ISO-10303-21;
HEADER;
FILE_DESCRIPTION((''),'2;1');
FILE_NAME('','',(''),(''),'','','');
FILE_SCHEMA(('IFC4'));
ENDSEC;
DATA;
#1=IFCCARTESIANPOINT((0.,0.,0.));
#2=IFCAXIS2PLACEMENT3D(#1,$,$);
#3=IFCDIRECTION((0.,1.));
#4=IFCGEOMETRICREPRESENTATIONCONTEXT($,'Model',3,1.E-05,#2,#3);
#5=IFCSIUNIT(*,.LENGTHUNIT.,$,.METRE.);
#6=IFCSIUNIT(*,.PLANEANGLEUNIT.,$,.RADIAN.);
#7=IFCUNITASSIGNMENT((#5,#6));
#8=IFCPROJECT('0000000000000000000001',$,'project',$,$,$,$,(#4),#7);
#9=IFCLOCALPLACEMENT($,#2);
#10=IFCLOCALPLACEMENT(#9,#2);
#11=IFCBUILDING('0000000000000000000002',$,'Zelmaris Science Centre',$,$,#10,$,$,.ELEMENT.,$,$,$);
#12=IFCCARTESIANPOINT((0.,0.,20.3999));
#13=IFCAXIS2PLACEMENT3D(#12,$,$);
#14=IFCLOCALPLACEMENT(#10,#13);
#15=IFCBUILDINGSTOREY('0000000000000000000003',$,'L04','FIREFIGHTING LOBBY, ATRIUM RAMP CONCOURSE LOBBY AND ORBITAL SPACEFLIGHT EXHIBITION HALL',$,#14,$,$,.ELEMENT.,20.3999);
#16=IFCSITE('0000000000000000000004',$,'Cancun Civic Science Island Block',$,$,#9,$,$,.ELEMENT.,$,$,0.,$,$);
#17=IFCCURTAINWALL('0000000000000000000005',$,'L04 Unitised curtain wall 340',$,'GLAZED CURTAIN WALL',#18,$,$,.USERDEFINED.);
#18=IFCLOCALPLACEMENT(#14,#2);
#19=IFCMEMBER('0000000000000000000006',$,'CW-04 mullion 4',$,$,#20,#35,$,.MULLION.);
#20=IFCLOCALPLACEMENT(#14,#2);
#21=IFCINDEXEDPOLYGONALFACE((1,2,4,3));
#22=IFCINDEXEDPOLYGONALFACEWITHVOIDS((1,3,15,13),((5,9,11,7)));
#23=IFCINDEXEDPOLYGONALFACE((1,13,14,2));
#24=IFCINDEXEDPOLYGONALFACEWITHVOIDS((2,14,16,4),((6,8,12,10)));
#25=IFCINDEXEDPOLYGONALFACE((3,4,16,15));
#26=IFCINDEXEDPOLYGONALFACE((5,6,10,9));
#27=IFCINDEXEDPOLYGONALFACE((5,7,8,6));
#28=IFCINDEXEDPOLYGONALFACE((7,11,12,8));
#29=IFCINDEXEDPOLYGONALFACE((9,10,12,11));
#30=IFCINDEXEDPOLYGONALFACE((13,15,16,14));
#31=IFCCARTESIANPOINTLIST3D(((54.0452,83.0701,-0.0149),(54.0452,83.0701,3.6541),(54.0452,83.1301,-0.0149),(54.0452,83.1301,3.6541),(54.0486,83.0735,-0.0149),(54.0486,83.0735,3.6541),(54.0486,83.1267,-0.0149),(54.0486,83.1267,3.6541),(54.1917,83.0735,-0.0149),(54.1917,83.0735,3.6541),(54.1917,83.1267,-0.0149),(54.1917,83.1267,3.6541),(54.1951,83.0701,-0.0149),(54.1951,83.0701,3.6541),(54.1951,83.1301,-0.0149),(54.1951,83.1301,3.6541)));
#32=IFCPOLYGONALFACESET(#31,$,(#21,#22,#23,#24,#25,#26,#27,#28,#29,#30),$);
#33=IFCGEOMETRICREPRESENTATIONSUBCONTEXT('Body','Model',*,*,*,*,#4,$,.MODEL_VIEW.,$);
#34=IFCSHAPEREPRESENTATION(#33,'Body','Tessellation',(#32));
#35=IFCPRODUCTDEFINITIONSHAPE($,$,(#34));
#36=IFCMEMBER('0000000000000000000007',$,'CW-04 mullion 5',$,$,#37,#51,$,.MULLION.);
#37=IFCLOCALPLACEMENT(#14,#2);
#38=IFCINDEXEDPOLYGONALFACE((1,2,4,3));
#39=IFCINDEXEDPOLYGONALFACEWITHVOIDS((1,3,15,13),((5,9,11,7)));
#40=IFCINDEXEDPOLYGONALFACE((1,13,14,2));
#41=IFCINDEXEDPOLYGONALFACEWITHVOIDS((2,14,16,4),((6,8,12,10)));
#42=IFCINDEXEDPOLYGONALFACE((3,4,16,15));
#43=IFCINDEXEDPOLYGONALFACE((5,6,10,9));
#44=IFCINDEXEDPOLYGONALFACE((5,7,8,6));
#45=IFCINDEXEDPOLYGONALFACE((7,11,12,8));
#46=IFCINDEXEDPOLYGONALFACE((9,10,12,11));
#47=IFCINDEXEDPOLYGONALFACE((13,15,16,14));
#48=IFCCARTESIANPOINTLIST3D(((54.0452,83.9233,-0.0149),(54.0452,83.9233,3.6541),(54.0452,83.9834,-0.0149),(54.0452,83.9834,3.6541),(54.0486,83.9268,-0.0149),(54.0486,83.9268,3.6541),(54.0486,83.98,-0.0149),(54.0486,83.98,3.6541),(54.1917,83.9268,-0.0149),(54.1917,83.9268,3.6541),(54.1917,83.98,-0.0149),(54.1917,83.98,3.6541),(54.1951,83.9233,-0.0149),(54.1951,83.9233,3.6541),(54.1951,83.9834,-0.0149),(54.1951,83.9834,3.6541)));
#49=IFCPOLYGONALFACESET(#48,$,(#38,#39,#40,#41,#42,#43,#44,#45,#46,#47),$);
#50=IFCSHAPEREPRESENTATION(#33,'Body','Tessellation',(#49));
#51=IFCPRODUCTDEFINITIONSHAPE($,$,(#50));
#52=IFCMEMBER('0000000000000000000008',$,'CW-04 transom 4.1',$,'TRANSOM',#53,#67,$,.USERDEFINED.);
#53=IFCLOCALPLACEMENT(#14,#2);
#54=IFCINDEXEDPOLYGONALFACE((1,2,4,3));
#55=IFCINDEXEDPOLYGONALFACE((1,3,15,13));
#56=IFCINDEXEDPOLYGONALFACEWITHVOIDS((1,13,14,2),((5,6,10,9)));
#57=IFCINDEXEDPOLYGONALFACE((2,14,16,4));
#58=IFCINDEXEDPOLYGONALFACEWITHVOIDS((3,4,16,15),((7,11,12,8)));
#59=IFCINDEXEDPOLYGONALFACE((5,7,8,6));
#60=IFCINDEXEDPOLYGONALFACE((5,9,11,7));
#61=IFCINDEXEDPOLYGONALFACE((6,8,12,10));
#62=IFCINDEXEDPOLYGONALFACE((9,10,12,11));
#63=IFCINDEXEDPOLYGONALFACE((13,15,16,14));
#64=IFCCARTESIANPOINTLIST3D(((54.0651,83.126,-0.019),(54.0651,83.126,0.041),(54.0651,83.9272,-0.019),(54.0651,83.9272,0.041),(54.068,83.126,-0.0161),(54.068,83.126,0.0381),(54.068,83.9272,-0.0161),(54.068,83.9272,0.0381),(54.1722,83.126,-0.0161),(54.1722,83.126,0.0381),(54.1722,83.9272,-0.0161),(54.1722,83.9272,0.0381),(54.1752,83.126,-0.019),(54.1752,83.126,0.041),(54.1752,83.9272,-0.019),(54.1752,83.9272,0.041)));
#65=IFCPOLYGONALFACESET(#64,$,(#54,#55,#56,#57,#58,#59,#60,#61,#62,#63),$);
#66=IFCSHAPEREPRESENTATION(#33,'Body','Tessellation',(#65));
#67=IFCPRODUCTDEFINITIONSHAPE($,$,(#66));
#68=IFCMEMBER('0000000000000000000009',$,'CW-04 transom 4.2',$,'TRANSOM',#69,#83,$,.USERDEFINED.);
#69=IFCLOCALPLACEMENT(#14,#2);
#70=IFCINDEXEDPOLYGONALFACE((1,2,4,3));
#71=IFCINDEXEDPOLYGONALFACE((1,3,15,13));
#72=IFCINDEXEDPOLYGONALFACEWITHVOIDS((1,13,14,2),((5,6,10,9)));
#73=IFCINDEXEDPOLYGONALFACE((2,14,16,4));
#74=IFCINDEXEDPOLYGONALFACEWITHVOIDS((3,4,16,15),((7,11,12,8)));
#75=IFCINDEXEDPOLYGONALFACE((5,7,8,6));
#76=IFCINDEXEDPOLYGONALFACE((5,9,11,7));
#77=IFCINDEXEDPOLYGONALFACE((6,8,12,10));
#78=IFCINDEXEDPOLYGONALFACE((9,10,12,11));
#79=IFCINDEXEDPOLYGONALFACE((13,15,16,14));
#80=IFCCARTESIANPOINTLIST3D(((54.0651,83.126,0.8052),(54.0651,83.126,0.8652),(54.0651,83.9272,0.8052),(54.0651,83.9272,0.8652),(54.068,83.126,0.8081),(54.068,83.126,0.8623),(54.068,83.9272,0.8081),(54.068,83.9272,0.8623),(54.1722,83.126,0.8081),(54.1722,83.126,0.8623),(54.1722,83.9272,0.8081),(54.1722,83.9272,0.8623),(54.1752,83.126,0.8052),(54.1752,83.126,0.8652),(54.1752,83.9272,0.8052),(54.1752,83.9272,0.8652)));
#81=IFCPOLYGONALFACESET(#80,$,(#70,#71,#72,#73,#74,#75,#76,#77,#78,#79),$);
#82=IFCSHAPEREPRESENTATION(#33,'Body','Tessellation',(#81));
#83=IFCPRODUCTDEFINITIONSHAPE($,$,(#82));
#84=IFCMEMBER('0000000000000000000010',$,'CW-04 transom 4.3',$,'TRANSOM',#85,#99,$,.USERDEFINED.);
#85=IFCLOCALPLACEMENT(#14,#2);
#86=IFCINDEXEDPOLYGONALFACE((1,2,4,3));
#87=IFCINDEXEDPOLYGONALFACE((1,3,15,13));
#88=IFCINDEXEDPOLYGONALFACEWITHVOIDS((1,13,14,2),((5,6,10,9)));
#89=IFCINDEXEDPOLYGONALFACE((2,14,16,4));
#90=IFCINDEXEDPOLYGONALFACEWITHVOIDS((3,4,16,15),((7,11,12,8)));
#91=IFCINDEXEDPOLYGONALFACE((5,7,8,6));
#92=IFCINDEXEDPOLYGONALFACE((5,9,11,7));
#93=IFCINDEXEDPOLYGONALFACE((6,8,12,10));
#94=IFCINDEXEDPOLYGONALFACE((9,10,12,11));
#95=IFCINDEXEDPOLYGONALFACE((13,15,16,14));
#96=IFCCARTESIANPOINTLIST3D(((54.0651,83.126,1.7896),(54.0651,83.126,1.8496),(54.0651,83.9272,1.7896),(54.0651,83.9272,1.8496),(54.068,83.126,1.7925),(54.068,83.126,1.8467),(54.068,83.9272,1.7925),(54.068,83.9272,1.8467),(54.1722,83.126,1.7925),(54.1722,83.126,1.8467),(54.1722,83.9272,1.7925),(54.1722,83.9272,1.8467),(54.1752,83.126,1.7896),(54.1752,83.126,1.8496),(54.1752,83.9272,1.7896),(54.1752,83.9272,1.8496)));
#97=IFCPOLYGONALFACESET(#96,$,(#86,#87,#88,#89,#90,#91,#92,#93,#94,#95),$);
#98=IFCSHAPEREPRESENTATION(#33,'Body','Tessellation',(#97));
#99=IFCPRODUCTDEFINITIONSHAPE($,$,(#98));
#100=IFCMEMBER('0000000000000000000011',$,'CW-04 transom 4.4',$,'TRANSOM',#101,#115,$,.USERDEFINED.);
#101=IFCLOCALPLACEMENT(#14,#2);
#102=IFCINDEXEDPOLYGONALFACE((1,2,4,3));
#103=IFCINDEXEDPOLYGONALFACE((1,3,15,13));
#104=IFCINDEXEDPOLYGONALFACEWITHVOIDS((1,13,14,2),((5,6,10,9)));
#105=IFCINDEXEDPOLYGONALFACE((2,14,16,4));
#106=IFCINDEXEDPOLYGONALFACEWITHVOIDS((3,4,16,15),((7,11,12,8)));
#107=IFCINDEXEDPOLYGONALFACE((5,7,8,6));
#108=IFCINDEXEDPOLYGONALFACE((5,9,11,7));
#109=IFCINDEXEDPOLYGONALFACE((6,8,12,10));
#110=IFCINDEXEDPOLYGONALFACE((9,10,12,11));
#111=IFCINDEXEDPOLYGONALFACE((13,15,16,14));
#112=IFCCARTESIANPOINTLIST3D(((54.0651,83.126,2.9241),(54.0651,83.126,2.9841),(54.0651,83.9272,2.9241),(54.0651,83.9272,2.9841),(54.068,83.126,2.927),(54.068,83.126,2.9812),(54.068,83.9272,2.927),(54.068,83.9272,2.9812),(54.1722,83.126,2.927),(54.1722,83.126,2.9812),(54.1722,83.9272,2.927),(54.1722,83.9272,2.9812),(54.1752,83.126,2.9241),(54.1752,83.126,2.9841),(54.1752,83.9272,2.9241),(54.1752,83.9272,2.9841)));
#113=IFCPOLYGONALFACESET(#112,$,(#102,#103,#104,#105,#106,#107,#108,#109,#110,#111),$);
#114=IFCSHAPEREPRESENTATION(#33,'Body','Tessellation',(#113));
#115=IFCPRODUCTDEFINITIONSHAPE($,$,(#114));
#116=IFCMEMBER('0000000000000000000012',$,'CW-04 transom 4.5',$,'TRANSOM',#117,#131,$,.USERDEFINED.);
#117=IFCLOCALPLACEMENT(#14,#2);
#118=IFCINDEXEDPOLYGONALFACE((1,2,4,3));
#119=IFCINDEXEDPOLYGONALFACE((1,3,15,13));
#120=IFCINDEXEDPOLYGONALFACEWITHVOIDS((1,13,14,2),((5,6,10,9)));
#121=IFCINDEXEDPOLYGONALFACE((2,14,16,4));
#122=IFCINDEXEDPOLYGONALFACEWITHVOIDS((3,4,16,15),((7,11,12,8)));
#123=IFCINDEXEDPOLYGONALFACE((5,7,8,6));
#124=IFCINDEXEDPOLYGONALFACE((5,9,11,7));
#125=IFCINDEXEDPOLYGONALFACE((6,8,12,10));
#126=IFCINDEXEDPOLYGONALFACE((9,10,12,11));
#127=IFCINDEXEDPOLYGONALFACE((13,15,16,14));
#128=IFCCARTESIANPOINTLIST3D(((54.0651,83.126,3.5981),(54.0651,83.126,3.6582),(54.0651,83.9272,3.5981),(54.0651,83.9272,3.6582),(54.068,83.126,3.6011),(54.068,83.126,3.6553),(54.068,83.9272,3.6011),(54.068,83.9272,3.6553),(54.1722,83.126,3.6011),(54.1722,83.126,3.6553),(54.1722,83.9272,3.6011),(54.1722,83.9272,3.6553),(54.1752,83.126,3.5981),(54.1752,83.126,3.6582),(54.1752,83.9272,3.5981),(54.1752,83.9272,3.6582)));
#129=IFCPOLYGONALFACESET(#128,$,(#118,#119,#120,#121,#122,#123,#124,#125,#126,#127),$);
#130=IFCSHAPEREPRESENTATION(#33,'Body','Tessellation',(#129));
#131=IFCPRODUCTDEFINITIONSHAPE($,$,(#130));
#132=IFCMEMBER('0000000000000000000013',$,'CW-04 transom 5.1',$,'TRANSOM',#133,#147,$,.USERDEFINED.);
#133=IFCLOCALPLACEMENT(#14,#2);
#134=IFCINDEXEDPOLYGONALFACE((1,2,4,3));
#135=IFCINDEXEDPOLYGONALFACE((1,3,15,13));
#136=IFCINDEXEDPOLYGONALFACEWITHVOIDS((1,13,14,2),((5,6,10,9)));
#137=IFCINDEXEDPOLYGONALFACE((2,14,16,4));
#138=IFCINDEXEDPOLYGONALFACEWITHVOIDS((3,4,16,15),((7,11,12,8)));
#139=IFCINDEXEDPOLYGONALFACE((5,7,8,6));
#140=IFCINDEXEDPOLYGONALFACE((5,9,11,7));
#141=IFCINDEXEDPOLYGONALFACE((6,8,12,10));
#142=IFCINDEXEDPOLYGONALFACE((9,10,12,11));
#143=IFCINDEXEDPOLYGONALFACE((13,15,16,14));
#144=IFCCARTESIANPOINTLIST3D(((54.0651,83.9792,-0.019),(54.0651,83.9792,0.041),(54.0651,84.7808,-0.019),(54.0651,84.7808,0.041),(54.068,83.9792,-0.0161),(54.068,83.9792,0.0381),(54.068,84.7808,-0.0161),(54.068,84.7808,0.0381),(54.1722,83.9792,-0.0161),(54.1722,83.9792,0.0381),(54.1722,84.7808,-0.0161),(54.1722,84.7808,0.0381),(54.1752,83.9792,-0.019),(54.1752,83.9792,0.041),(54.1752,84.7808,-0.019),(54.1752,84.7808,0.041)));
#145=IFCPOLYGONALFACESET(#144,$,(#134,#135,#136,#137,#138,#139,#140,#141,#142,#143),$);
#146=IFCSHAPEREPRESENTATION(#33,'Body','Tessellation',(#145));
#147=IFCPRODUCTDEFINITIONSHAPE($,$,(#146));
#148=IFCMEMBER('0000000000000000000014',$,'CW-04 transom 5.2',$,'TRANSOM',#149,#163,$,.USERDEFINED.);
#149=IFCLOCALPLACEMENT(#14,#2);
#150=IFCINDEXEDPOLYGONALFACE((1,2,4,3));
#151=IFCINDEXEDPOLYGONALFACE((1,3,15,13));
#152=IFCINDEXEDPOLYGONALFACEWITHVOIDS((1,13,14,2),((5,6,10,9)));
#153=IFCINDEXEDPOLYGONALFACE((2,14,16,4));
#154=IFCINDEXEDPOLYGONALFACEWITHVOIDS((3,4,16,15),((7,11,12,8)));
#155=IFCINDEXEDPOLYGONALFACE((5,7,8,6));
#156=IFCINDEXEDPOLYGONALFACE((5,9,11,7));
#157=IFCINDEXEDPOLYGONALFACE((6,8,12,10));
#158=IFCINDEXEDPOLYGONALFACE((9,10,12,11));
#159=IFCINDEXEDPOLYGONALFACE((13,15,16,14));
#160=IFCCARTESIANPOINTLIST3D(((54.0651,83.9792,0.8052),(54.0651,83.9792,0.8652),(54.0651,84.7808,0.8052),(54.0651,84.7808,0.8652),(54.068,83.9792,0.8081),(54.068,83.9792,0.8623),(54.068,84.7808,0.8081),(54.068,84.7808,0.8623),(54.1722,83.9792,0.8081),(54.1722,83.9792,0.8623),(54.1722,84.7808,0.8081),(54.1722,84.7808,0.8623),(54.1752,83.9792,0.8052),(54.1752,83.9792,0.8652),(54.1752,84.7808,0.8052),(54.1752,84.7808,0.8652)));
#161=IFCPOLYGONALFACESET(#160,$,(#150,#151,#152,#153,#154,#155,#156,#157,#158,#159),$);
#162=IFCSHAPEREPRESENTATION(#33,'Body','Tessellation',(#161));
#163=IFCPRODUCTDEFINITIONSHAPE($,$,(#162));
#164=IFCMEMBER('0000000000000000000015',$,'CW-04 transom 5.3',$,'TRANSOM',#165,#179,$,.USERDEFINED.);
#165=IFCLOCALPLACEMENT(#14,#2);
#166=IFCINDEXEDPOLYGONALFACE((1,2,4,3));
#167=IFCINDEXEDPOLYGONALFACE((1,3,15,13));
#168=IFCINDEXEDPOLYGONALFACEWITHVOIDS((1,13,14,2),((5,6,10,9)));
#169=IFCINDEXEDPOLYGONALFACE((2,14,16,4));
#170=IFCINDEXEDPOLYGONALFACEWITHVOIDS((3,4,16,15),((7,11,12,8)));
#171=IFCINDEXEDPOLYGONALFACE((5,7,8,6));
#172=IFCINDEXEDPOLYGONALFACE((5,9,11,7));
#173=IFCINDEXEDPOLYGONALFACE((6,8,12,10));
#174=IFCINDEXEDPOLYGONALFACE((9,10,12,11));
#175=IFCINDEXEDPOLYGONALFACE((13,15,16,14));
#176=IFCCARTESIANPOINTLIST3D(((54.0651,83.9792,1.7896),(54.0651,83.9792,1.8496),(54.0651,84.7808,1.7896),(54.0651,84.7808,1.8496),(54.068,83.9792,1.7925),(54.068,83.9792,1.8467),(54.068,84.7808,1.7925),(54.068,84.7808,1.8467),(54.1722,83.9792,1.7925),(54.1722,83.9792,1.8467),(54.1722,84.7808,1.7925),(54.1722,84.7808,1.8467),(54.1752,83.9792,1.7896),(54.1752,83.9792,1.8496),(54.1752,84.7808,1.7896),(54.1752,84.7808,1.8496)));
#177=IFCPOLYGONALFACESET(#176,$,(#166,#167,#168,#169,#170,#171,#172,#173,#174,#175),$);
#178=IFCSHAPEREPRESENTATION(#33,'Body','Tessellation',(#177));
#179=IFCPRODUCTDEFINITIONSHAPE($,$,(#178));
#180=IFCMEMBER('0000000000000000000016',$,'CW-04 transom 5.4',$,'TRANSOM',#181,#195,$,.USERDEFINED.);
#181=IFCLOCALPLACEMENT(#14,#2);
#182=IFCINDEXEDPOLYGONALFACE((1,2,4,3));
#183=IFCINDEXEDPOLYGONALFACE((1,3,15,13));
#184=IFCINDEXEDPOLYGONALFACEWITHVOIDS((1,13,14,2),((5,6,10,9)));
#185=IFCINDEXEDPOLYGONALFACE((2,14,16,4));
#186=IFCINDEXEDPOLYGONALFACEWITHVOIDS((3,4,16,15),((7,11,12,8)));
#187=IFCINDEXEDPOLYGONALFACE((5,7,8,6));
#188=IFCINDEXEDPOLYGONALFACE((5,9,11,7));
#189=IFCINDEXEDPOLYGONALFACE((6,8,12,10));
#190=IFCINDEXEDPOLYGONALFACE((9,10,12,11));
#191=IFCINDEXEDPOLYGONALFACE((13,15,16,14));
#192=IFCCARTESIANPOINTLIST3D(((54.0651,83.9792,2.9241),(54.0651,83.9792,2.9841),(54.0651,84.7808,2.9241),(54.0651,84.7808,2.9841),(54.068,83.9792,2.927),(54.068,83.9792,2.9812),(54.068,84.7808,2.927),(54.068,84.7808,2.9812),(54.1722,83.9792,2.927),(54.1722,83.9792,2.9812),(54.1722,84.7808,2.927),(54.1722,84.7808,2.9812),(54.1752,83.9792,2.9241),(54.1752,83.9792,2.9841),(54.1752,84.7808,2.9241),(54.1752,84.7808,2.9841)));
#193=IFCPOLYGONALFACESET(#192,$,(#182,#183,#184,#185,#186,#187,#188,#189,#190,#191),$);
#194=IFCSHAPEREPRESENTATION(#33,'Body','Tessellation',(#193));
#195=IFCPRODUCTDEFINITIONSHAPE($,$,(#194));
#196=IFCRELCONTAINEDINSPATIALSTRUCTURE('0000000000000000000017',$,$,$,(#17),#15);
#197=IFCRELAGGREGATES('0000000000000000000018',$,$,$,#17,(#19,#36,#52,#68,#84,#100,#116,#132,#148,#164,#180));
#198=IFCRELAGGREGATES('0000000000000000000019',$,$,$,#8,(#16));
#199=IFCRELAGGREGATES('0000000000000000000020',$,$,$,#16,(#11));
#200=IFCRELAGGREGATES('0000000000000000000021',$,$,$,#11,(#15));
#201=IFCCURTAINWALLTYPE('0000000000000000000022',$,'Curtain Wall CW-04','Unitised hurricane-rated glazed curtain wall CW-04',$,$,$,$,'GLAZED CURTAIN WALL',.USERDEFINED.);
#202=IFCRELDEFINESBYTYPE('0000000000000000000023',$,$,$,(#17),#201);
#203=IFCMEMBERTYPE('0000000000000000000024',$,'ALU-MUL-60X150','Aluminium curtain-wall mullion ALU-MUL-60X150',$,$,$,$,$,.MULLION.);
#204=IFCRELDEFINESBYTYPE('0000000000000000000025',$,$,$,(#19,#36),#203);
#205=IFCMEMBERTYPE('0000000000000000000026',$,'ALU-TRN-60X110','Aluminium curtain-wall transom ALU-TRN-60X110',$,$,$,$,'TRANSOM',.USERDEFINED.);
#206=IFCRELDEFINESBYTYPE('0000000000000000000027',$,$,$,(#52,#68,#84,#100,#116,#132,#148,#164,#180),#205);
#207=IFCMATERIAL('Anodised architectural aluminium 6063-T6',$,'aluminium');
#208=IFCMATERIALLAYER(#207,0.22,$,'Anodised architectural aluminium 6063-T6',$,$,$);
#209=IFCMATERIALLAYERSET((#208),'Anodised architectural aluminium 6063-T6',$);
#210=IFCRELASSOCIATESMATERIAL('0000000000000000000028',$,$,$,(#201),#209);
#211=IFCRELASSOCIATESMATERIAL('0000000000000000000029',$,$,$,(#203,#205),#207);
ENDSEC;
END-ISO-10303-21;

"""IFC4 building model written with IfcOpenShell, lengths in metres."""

from ifc_helpers import new_model, si_unit, direction, frame, origin, origin_2d, place, context, subcontext, project, spatial, hollow_rectangle, extrude, material, layer, layer_set, material_profile, profile_set, type_object, element, aggregate, save


model = new_model("IFC4")

# Units and contexts
model_context = context("Model", 3, precision=1e-05, world=origin(), true_north=direction((0.0, 1.0)))
body_context = subcontext(model_context, "Body", "Model", "MODEL_VIEW")
ifc_project = project(units=[si_unit("LENGTHUNIT", "METRE"), si_unit("PLANEANGLEUNIT", "RADIAN")], contexts=[model_context])

# Site, building, storey
site_placement = place(None, origin())
site = spatial("IfcSite", under=ifc_project, at=site_placement, Name="Cancun Civic Science Island Block", CompositionType="ELEMENT", RefElevation=0.0)
building_placement = place(site_placement, origin())
building = spatial("IfcBuilding", under=site, at=building_placement, Name="Zelmaris Science Centre", CompositionType="ELEMENT")
storey_placement = place(building_placement, frame((0.0, 0.0, 20.3999)))
storey = spatial("IfcBuildingStorey", under=building, at=storey_placement, Name="L04", Description="FIREFIGHTING LOBBY, ATRIUM RAMP CONCOURSE LOBBY AND ORBITAL SPACEFLIGHT EXHIBITION HALL", CompositionType="ELEMENT", Elevation=20.3999)

# Curtain wall, members
ifc_material_1 = material(Name="Anodised architectural aluminium 6063-T6", Category="aluminium")
ifc_layer_1 = layer(ifc_material_1, 0.22, Name="Anodised architectural aluminium 6063-T6")
ifc_layer_set_1 = layer_set([ifc_layer_1], Name="Anodised architectural aluminium 6063-T6")
curtain_wall_type = type_object("IfcCurtainWallType", Name="Curtain Wall CW-04", Description="Unitised hurricane-rated glazed curtain wall CW-04", ElementType="GLAZED CURTAIN WALL", PredefinedType="USERDEFINED", material=ifc_layer_set_1)
curtain_wall_placement = place(storey_placement, origin())
curtain_wall = element("IfcCurtainWall", 1, at=curtain_wall_placement, inside=storey, type_object=curtain_wall_type, Name="L04 Unitised curtain wall 340", ObjectType="GLAZED CURTAIN WALL", PredefinedType="USERDEFINED")
ifc_material_profile_1 = material_profile(ifc_material_1, hollow_rectangle(XDim=0.0601, YDim=0.1499, WallThickness=0.0034, at=origin_2d()), Name="ALU-MUL-60X150")
ifc_profile_set_1 = profile_set([ifc_material_profile_1], Name="Anodised architectural aluminium 6063-T6")
member_type_1 = type_object("IfcMemberType", Name="ALU-MUL-60X150", Description="Aluminium curtain-wall mullion ALU-MUL-60X150", PredefinedType="MULLION", material=ifc_profile_set_1)
member_1_placement = place(storey_placement, frame((54.1201, 83.1001, -0.0149), z_axis=(0.0, 0.0, 1.0), x_axis=(0.0, 1.0, 0.0)))
member_1 = element("IfcMember", 2, at=member_1_placement, type_object=member_type_1, Name="CW-04 mullion 4", PredefinedType="MULLION", context=body_context, shape_type="SweptSolid", body=[
    extrude(hollow_rectangle(XDim=0.0601, YDim=0.1499, WallThickness=0.0034, at=origin_2d()), origin(), (0.0, 0.0, 1.0), 3.6689),
])
member_2_placement = place(storey_placement, frame((54.1201, 83.9534, -0.0149), z_axis=(0.0, 0.0, 1.0), x_axis=(0.0, 1.0, 0.0)))
member_2 = element("IfcMember", 3, at=member_2_placement, type_object=member_type_1, Name="CW-04 mullion 5", PredefinedType="MULLION", context=body_context, shape_type="SweptSolid", body=[
    extrude(hollow_rectangle(XDim=0.0601, YDim=0.1499, WallThickness=0.0034, at=origin_2d()), origin(), (0.0, 0.0, 1.0), 3.6689),
])
ifc_material_profile_2 = material_profile(ifc_material_1, hollow_rectangle(XDim=0.0601, YDim=0.1101, WallThickness=0.0029, at=origin_2d()), Name="ALU-TRN-60X110")
ifc_profile_set_2 = profile_set([ifc_material_profile_2], Name="Anodised architectural aluminium 6063-T6")
member_type_2 = type_object("IfcMemberType", Name="ALU-TRN-60X110", Description="Aluminium curtain-wall transom ALU-TRN-60X110", ElementType="TRANSOM", PredefinedType="USERDEFINED", material=ifc_profile_set_2)
member_3_placement = place(storey_placement, frame((54.1201, 83.126, 0.011), z_axis=(0.0, 1.0, 0.0), x_axis=(0.0, 0.0, 1.0)))
member_3 = element("IfcMember", 4, at=member_3_placement, type_object=member_type_2, Name="CW-04 transom 4.1", ObjectType="TRANSOM", PredefinedType="USERDEFINED", context=body_context, shape_type="SweptSolid", body=[
    extrude(hollow_rectangle(XDim=0.0601, YDim=0.1101, WallThickness=0.0029, at=origin_2d()), origin(), (0.0, 0.0, 1.0), 0.8013),
])
member_4_placement = place(storey_placement, frame((54.1201, 83.126, 0.8352), z_axis=(0.0, 1.0, 0.0), x_axis=(0.0, 0.0, 1.0)))
member_4 = element("IfcMember", 5, at=member_4_placement, type_object=member_type_2, Name="CW-04 transom 4.2", ObjectType="TRANSOM", PredefinedType="USERDEFINED", context=body_context, shape_type="SweptSolid", body=[
    extrude(hollow_rectangle(XDim=0.0601, YDim=0.1101, WallThickness=0.0029, at=origin_2d()), origin(), (0.0, 0.0, 1.0), 0.8013),
])
member_5_placement = place(storey_placement, frame((54.1201, 83.126, 1.8196), z_axis=(0.0, 1.0, 0.0), x_axis=(0.0, 0.0, 1.0)))
member_5 = element("IfcMember", 6, at=member_5_placement, type_object=member_type_2, Name="CW-04 transom 4.3", ObjectType="TRANSOM", PredefinedType="USERDEFINED", context=body_context, shape_type="SweptSolid", body=[
    extrude(hollow_rectangle(XDim=0.0601, YDim=0.1101, WallThickness=0.0029, at=origin_2d()), origin(), (0.0, 0.0, 1.0), 0.8013),
])
member_6_placement = place(storey_placement, frame((54.1201, 83.126, 2.9541), z_axis=(0.0, 1.0, 0.0), x_axis=(0.0, 0.0, 1.0)))
member_6 = element("IfcMember", 7, at=member_6_placement, type_object=member_type_2, Name="CW-04 transom 4.4", ObjectType="TRANSOM", PredefinedType="USERDEFINED", context=body_context, shape_type="SweptSolid", body=[
    extrude(hollow_rectangle(XDim=0.0601, YDim=0.1101, WallThickness=0.0029, at=origin_2d()), origin(), (0.0, 0.0, 1.0), 0.8013),
])
member_7_placement = place(storey_placement, frame((54.1201, 83.126, 3.6282), z_axis=(0.0, 1.0, 0.0), x_axis=(0.0, 0.0, 1.0)))
member_7 = element("IfcMember", 8, at=member_7_placement, type_object=member_type_2, Name="CW-04 transom 4.5", ObjectType="TRANSOM", PredefinedType="USERDEFINED", context=body_context, shape_type="SweptSolid", body=[
    extrude(hollow_rectangle(XDim=0.0601, YDim=0.1101, WallThickness=0.0029, at=origin_2d()), origin(), (0.0, 0.0, 1.0), 0.8013),
])
member_8_placement = place(storey_placement, frame((54.1201, 83.9792, 0.011), z_axis=(0.0, 1.0, 0.0), x_axis=(0.0, 0.0, 1.0)))
member_8 = element("IfcMember", 9, at=member_8_placement, type_object=member_type_2, Name="CW-04 transom 5.1", ObjectType="TRANSOM", PredefinedType="USERDEFINED", context=body_context, shape_type="SweptSolid", body=[
    extrude(hollow_rectangle(XDim=0.0601, YDim=0.1101, WallThickness=0.0029, at=origin_2d()), origin(), (0.0, 0.0, 1.0), 0.8015),
])
member_9_placement = place(storey_placement, frame((54.1201, 83.9792, 0.8352), z_axis=(0.0, 1.0, 0.0), x_axis=(0.0, 0.0, 1.0)))
member_9 = element("IfcMember", 10, at=member_9_placement, type_object=member_type_2, Name="CW-04 transom 5.2", ObjectType="TRANSOM", PredefinedType="USERDEFINED", context=body_context, shape_type="SweptSolid", body=[
    extrude(hollow_rectangle(XDim=0.0601, YDim=0.1101, WallThickness=0.0029, at=origin_2d()), origin(), (0.0, 0.0, 1.0), 0.8015),
])
member_10_placement = place(storey_placement, frame((54.1201, 83.9792, 1.8196), z_axis=(0.0, 1.0, 0.0), x_axis=(0.0, 0.0, 1.0)))
member_10 = element("IfcMember", 11, at=member_10_placement, type_object=member_type_2, Name="CW-04 transom 5.3", ObjectType="TRANSOM", PredefinedType="USERDEFINED", context=body_context, shape_type="SweptSolid", body=[
    extrude(hollow_rectangle(XDim=0.0601, YDim=0.1101, WallThickness=0.0029, at=origin_2d()), origin(), (0.0, 0.0, 1.0), 0.8015),
])
member_11_placement = place(storey_placement, frame((54.1201, 83.9792, 2.9541), z_axis=(0.0, 1.0, 0.0), x_axis=(0.0, 0.0, 1.0)))
member_11 = element("IfcMember", 12, at=member_11_placement, type_object=member_type_2, Name="CW-04 transom 5.4", ObjectType="TRANSOM", PredefinedType="USERDEFINED", context=body_context, shape_type="SweptSolid", body=[
    extrude(hollow_rectangle(XDim=0.0601, YDim=0.1101, WallThickness=0.0029, at=origin_2d()), origin(), (0.0, 0.0, 1.0), 0.8015),
])
aggregate(curtain_wall, [member_1, member_2, member_3, member_4, member_5, member_6, member_7, member_8, member_9, member_10, member_11])

save(model, "model.ifc")
